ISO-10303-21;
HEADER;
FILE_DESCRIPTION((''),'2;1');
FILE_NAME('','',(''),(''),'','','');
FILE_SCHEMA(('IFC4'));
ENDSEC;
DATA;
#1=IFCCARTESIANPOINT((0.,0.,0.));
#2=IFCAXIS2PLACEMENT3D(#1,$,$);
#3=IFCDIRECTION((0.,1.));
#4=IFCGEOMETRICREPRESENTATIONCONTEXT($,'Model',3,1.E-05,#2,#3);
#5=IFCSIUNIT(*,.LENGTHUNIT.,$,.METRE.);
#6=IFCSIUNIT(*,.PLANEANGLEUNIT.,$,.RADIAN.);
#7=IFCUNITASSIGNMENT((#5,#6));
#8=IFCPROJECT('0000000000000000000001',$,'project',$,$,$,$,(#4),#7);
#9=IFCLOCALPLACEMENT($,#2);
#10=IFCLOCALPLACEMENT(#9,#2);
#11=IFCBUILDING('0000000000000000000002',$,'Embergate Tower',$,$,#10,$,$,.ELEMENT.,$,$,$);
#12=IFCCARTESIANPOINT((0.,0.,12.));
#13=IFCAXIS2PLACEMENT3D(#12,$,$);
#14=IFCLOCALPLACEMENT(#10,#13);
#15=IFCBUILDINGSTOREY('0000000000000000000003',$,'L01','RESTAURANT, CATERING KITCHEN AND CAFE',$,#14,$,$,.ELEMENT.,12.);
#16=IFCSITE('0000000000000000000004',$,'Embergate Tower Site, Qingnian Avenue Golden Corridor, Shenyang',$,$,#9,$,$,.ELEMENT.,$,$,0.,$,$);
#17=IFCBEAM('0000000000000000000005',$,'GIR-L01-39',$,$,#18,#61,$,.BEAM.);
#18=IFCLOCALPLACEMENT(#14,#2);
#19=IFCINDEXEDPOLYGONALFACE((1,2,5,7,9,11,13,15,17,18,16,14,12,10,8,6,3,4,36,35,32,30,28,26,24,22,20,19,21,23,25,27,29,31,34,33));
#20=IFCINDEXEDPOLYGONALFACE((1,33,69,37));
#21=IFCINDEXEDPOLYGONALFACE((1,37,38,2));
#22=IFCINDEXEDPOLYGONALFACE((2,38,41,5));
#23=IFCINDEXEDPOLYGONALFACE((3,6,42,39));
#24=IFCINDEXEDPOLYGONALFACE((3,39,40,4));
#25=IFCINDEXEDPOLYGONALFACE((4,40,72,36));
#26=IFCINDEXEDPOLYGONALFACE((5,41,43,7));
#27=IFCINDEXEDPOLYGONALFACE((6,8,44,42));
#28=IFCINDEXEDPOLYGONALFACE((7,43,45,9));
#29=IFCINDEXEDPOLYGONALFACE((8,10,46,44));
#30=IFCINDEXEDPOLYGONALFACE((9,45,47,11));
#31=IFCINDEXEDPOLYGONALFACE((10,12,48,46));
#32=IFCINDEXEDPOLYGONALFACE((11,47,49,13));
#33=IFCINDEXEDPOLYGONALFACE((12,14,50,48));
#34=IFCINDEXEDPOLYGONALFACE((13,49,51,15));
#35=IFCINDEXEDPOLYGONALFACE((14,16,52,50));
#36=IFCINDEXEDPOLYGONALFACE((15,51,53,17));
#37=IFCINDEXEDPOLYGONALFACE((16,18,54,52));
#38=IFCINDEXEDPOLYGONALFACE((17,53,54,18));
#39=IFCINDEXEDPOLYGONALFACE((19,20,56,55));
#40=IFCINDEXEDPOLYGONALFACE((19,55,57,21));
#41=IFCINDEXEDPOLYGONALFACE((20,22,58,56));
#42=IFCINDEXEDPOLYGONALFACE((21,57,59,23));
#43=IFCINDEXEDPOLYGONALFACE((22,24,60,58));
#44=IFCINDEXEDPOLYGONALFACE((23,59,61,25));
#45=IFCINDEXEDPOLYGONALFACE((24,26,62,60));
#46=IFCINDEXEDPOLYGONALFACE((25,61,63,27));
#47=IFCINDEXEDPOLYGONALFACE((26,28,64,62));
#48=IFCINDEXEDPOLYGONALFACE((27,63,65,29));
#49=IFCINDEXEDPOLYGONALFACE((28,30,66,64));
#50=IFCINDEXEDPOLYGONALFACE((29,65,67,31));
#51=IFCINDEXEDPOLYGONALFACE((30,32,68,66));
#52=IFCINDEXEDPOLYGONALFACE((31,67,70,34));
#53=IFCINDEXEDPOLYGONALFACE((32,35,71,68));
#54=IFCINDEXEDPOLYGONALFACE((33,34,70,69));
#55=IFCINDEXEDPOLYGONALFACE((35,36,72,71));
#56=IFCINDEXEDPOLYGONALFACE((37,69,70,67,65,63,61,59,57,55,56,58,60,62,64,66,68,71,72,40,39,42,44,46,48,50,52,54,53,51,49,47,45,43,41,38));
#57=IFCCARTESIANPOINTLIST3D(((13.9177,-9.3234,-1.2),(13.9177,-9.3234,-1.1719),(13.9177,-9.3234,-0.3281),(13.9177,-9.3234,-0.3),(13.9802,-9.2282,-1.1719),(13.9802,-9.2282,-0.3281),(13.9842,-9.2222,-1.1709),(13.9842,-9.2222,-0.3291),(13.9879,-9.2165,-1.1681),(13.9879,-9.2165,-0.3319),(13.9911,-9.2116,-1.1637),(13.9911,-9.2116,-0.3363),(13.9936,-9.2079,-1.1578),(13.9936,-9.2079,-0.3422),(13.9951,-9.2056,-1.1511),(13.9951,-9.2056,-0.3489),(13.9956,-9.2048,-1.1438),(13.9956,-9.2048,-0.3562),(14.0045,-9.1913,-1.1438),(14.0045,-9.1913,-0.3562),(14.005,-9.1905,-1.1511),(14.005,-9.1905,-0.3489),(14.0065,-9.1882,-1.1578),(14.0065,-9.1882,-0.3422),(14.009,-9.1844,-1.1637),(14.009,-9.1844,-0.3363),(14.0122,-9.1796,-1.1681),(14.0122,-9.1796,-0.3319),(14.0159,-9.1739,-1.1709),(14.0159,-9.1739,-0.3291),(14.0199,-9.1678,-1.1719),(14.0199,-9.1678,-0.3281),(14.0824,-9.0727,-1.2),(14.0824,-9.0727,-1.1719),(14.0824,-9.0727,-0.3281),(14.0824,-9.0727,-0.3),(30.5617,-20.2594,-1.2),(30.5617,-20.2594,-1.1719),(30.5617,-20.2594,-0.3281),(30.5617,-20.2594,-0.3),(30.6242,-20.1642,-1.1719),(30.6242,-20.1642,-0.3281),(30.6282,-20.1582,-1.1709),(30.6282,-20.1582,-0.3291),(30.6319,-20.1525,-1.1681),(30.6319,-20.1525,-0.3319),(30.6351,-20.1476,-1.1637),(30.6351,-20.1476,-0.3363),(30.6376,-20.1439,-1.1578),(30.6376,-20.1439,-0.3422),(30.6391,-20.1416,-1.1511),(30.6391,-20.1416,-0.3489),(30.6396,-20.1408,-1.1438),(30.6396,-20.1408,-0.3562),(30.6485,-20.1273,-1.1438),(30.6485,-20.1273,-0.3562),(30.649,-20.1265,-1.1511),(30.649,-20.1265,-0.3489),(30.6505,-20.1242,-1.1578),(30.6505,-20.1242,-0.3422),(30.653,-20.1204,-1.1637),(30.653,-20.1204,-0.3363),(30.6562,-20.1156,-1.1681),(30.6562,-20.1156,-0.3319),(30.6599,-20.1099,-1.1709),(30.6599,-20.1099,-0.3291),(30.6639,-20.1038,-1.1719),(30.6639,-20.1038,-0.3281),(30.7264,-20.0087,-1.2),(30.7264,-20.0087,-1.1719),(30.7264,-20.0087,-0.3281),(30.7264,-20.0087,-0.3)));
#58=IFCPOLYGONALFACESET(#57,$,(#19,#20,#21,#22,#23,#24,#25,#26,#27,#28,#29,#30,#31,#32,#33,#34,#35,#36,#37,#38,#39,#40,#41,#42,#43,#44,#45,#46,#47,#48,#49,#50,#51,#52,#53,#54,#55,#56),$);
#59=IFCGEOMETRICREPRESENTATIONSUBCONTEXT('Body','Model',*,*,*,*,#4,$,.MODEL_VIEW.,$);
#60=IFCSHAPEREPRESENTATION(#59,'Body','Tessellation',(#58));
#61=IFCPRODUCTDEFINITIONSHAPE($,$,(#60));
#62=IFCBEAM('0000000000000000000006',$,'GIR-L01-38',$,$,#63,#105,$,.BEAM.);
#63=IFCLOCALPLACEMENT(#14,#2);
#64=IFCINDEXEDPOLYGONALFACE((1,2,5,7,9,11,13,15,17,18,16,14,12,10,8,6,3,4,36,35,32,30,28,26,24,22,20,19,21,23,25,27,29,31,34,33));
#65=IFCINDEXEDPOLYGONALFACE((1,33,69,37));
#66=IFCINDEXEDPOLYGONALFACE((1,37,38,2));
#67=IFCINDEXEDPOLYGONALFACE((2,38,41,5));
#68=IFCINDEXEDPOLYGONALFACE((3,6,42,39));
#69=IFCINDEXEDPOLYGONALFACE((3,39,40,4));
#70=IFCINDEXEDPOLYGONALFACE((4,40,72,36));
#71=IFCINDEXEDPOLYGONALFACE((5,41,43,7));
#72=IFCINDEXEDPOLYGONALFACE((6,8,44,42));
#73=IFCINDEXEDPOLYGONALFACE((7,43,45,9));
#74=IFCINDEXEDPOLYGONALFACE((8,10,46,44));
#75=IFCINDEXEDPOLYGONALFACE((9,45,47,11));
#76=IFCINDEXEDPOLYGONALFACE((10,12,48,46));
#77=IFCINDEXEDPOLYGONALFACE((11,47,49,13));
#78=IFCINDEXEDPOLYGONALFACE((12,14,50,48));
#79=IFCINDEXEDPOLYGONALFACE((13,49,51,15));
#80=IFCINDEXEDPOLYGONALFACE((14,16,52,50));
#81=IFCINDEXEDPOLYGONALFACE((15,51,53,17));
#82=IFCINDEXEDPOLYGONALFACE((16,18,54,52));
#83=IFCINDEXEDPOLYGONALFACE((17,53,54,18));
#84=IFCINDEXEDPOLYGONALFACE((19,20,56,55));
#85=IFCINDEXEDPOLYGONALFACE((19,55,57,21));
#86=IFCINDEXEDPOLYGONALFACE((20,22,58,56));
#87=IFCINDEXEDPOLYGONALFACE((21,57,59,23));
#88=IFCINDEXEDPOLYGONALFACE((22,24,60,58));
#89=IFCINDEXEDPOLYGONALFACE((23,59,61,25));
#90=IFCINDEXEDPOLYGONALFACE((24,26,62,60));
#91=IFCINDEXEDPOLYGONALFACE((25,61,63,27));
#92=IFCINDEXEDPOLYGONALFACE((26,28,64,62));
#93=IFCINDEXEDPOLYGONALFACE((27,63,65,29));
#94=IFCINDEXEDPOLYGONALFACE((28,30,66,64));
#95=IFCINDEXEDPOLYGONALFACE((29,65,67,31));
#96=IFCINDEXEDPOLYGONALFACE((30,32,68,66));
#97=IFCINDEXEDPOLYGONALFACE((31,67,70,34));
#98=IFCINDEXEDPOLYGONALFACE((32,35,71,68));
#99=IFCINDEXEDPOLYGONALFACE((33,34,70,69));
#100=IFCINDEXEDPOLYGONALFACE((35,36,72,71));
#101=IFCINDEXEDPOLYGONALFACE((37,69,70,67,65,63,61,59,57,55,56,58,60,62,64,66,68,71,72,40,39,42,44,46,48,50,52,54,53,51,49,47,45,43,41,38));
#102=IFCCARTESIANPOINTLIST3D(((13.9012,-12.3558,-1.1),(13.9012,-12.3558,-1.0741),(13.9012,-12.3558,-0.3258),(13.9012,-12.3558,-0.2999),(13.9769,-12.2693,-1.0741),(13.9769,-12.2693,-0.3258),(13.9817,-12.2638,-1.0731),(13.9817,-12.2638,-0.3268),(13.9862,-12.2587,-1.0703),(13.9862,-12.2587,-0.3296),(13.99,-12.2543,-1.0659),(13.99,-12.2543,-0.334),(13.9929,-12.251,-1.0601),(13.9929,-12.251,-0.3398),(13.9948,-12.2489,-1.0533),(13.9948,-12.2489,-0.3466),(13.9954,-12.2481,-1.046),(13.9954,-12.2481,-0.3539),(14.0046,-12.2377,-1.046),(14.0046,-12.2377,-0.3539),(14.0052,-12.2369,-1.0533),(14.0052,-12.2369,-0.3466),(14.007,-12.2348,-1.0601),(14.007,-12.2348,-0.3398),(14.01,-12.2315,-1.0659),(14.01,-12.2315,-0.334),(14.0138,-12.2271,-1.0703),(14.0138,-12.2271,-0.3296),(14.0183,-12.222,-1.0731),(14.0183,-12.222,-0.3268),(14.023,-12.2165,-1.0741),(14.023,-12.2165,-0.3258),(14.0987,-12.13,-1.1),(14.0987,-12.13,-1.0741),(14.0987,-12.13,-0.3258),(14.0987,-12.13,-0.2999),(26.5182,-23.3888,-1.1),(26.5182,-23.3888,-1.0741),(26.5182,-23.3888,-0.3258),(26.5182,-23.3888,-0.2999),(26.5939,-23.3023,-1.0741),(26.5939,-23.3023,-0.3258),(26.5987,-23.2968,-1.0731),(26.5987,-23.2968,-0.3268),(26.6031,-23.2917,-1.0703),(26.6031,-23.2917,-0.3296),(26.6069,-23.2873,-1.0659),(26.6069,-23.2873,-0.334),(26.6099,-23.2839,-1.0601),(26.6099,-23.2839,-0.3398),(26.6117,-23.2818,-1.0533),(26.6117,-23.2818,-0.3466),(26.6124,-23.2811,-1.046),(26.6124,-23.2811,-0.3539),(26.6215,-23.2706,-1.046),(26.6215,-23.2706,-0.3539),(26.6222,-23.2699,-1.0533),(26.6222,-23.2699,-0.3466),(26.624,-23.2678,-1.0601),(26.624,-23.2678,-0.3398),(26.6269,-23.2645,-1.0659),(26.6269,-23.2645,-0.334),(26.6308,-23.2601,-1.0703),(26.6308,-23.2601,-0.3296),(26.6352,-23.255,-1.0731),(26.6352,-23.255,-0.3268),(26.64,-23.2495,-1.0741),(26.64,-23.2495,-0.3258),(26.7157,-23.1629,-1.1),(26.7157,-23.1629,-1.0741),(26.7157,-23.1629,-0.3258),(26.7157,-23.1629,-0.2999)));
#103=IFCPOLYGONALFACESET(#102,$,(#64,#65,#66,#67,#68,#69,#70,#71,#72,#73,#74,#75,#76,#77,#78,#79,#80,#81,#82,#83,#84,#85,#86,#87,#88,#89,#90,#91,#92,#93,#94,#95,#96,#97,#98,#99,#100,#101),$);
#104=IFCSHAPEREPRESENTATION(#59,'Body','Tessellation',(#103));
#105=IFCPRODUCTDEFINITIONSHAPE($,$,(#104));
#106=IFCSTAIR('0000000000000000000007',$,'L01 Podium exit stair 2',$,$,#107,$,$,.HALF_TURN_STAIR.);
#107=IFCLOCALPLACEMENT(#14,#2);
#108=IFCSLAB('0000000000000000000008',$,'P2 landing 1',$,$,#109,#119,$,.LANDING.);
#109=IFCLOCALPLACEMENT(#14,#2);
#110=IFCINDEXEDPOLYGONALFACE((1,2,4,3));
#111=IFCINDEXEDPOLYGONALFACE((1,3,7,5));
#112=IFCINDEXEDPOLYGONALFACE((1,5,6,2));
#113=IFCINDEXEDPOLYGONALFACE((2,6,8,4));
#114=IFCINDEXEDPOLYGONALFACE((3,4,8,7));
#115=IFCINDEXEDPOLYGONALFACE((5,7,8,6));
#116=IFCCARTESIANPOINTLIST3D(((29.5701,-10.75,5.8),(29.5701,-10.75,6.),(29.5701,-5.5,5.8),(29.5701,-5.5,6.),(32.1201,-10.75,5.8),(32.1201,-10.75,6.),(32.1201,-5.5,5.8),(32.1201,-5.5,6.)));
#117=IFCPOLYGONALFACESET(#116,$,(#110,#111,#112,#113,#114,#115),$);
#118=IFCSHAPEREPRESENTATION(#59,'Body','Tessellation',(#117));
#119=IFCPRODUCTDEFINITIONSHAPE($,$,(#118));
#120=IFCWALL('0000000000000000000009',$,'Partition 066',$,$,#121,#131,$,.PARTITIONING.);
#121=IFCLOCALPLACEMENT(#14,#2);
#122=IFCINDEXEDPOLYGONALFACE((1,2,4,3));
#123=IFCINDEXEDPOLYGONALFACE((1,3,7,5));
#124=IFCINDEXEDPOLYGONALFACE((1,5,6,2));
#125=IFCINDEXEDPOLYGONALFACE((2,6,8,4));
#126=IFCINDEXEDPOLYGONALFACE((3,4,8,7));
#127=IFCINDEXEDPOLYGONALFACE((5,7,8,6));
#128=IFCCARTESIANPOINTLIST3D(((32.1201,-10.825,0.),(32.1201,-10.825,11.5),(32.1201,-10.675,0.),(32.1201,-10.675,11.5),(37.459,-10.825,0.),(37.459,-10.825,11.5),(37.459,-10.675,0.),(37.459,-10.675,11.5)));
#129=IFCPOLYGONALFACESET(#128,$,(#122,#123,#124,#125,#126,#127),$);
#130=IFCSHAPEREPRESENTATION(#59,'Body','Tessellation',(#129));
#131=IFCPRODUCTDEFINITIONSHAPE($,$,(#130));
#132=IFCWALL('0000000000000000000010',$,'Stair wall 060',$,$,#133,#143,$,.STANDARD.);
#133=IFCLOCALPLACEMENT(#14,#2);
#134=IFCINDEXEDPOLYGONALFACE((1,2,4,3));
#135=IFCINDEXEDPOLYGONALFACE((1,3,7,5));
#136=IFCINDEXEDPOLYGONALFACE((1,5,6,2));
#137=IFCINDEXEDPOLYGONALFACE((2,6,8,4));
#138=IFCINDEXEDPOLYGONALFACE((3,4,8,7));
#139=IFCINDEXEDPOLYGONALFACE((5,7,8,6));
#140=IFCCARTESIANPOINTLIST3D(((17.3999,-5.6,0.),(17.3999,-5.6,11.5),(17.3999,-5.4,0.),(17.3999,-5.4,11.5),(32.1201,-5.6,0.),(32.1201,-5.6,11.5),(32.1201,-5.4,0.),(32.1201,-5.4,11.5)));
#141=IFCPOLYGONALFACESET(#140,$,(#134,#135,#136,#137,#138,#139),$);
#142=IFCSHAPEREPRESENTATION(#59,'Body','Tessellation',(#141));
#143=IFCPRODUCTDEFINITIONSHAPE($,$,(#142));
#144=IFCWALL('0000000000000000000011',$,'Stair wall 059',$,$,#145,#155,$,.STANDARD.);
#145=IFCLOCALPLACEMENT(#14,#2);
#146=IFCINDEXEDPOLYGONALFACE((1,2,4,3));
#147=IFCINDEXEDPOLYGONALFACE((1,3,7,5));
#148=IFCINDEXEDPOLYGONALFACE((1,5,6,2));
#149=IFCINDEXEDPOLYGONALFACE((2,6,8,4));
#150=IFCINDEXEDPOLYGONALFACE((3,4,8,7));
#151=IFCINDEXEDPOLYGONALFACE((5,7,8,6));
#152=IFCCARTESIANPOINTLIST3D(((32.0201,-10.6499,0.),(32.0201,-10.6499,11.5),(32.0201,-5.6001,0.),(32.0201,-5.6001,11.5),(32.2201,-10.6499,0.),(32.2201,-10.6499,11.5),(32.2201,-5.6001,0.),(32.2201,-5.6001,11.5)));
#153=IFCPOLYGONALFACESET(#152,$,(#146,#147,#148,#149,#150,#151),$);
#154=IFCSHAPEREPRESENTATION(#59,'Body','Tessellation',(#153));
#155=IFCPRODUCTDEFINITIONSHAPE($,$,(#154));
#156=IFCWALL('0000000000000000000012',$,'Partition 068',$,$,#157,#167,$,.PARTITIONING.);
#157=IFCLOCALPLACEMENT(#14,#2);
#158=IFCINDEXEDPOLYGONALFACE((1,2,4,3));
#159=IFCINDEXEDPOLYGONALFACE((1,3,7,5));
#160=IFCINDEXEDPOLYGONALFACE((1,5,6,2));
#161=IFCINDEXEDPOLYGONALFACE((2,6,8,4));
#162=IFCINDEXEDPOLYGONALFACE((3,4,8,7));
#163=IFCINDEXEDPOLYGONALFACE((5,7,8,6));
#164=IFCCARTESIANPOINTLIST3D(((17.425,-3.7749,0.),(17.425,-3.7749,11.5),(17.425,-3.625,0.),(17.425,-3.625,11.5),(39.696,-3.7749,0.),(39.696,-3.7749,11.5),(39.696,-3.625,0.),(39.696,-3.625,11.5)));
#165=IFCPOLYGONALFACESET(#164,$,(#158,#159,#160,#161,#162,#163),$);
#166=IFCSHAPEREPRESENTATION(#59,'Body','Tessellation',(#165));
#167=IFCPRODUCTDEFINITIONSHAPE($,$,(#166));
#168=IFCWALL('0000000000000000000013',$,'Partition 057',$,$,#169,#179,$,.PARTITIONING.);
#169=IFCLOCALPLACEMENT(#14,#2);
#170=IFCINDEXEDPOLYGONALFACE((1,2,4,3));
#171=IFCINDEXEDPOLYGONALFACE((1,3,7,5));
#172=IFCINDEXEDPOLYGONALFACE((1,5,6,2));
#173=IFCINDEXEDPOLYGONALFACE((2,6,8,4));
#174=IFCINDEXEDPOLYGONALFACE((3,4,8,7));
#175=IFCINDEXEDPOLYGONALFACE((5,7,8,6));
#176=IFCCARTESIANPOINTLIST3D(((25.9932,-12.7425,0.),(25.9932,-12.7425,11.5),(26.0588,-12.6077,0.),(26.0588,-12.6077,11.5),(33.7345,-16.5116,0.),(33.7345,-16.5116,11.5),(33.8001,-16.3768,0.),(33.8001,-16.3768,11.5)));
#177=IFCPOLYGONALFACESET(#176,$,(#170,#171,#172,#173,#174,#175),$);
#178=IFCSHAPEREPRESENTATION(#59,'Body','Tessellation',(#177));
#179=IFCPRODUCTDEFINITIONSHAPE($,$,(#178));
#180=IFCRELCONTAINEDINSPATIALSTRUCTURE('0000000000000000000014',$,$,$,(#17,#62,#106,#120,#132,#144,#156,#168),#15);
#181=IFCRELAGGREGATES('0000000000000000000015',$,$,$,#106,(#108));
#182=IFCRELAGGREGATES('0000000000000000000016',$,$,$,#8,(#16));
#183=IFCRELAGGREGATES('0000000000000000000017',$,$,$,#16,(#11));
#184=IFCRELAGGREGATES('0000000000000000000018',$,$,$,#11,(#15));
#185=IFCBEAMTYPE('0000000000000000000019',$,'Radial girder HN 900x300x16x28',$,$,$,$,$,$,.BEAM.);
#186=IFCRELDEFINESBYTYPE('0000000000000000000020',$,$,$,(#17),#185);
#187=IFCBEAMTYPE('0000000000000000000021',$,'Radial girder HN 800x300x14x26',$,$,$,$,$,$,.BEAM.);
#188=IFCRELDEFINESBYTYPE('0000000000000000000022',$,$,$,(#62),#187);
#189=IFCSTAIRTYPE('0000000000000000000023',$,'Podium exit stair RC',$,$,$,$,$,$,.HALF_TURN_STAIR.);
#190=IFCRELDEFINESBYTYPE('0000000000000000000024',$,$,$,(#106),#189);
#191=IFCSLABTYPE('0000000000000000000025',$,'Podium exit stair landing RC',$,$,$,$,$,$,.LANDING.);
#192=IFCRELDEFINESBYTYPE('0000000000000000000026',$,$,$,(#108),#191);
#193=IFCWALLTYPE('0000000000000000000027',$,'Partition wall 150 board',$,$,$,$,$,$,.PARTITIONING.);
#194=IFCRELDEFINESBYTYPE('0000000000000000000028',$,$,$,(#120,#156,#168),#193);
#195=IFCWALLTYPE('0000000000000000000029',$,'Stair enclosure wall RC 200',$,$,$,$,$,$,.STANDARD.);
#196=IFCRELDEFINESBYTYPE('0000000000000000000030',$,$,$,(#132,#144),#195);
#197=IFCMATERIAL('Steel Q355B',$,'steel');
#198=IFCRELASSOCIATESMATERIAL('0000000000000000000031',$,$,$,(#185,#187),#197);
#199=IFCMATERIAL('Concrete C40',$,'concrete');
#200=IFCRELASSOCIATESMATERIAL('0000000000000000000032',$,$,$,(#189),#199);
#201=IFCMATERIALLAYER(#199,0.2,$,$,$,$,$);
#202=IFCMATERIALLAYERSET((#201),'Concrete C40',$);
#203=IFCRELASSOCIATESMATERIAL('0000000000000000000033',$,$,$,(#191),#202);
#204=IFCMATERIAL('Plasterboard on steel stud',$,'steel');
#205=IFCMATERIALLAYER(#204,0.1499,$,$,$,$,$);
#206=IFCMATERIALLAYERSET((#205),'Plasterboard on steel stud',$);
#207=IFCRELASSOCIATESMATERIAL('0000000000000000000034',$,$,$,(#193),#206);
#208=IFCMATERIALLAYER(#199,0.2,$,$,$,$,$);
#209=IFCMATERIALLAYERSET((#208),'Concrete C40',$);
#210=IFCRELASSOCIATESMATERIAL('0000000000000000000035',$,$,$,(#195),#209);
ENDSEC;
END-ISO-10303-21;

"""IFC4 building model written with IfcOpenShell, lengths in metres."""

from ifc_helpers import new_model, si_unit, direction, frame, frame_2d, origin, origin_2d, place, context, subcontext, project, spatial, polyline, rectangle, i_section, outline, extrude, source, transform, mapped, material, layer, layer_set, material_profile, profile_set, type_object, element, aggregate, save


model = new_model("IFC4")

# Units and contexts
model_context = context("Model", 3, precision=1e-05, world=origin(), true_north=direction((0.0, 1.0)))
body_context = subcontext(model_context, "Body", "Model", "MODEL_VIEW")
ifc_project = project(units=[si_unit("LENGTHUNIT", "METRE"), si_unit("PLANEANGLEUNIT", "RADIAN")], contexts=[model_context])

# Site, building, storey
site_placement = place(None, origin())
site = spatial("IfcSite", under=ifc_project, at=site_placement, Name="Embergate Tower Site, Qingnian Avenue Golden Corridor, Shenyang", CompositionType="ELEMENT", RefElevation=0.0)
building_placement = place(site_placement, origin())
building = spatial("IfcBuilding", under=site, at=building_placement, Name="Embergate Tower", CompositionType="ELEMENT")
storey_placement = place(building_placement, frame((0.0, 0.0, 12.0)))
storey = spatial("IfcBuildingStorey", under=building, at=storey_placement, Name="L01", Description="RESTAURANT, CATERING KITCHEN AND CAFE", CompositionType="ELEMENT", Elevation=12.0)

# Beams
ifc_material_1 = material(Name="Steel Q355B", Category="steel")
ifc_material_profile_1 = material_profile(ifc_material_1, i_section(OverallWidth=0.3, OverallDepth=0.8999, WebThickness=0.0161, FlangeThickness=0.0281, FilletRadius=0.0281, at=origin_2d()), Name="HN 900x300x16x28")
ifc_profile_set_1 = profile_set([ifc_material_profile_1], Name="Steel Q355 grade B")
beam_type_1 = type_object("IfcBeamType", Name="Radial girder HN 900x300x16x28", PredefinedType="BEAM", material=ifc_profile_set_1)
shared_shape_1 = source(origin(), body_context, "Body", "SweptSolid", [
    extrude(i_section(OverallWidth=0.3, OverallDepth=0.8999, WebThickness=0.0161, FlangeThickness=0.0281, FilletRadius=0.0281, at=origin_2d()), origin(), (0.0, 0.0, 1.0), 19.9153),
])
beam_1_placement = place(storey_placement, frame((30.644, -20.134, -0.75), z_axis=(-0.83574, 0.549126, 0.0), x_axis=(-0.549126, -0.83574, 0.0)))
element("IfcBeam", 1, at=beam_1_placement, inside=storey, type_object=beam_type_1, Name="GIR-L01-39", PredefinedType="BEAM", context=body_context, shape_type="MappedRepresentation", body=[
    mapped(shared_shape_1, transform((0.0, 0.0, 0.0))),
])
ifc_material_profile_2 = material_profile(ifc_material_1, i_section(OverallWidth=0.3, OverallDepth=0.8, WebThickness=0.0139, FlangeThickness=0.0259, FilletRadius=0.0281, at=origin_2d()), Name="HN 800x300x14x26")
ifc_profile_set_2 = profile_set([ifc_material_profile_2], Name="Steel Q355 grade B")
beam_type_2 = type_object("IfcBeamType", Name="Radial girder HN 800x300x14x26", PredefinedType="BEAM", material=ifc_profile_set_2)
shared_shape_2 = source(origin(), body_context, "Body", "SweptSolid", [
    extrude(i_section(OverallWidth=0.3, OverallDepth=0.8, WebThickness=0.0139, FlangeThickness=0.0259, FilletRadius=0.0281, at=origin_2d()), origin(), (0.0, 0.0, 1.0), 16.7605),
])
beam_2_placement = place(storey_placement, frame((26.6169, -23.2759, -0.7), z_axis=(-0.75278, 0.658273, 0.0), x_axis=(-0.658273, -0.75278, 0.0)))
element("IfcBeam", 2, at=beam_2_placement, inside=storey, type_object=beam_type_2, Name="GIR-L01-38", PredefinedType="BEAM", context=body_context, shape_type="MappedRepresentation", body=[
    mapped(shared_shape_2, transform((0.0, 0.0, 0.0))),
])

# Stair, slab
ifc_material_2 = material(Name="Concrete C40", Category="concrete")
stair_type = type_object("IfcStairType", Name="Podium exit stair RC", PredefinedType="HALF_TURN_STAIR", material=ifc_material_2)
stair_placement = place(storey_placement, origin())
stair = element("IfcStair", 3, at=stair_placement, inside=storey, type_object=stair_type, Name="L01 Podium exit stair 2", PredefinedType="HALF_TURN_STAIR")
ifc_layer_1 = layer(ifc_material_2, 0.2)
ifc_layer_set_1 = layer_set([ifc_layer_1], Name="Concrete C40")
slab_type = type_object("IfcSlabType", Name="Podium exit stair landing RC", PredefinedType="LANDING", material=ifc_layer_set_1)
shared_shape_3 = source(origin(), body_context, "Body", "SweptSolid", [
    extrude(outline(polyline([(0.0, 0.0), (2.55, 0.0), (2.55, 5.25), (0.0, 5.25), (0.0, 0.0)])), origin(), (0.0, 0.0, 1.0), 0.2),
])
slab_placement = place(storey_placement, frame((29.5701, -10.75, 5.8)))
slab = element("IfcSlab", 4, at=slab_placement, type_object=slab_type, Name="P2 landing 1", PredefinedType="LANDING", context=body_context, shape_type="MappedRepresentation", body=[
    mapped(shared_shape_3, transform((0.0, 0.0, 0.0))),
])

# Walls
ifc_material_3 = material(Name="Plasterboard on steel stud", Category="steel")
ifc_layer_2 = layer(ifc_material_3, 0.1499)
ifc_layer_set_2 = layer_set([ifc_layer_2], Name="Plasterboard on steel stud")
wall_type_1 = type_object("IfcWallType", Name="Partition wall 150 board", PredefinedType="PARTITIONING", material=ifc_layer_set_2)
shared_shape_4 = source(origin(), body_context, "Body", "SweptSolid", [
    extrude(rectangle(XDim=5.3389, YDim=0.1499, at=frame_2d((2.6694, 0.0))), origin(), (0.0, 0.0, 1.0), 11.5),
])
wall_1_placement = place(storey_placement, frame((37.459, -10.75, 0.0), z_axis=(0.0, 0.0, 1.0), x_axis=(-1.0, 0.0, 0.0)))
element("IfcWall", 5, at=wall_1_placement, inside=storey, type_object=wall_type_1, Name="Partition 066", PredefinedType="PARTITIONING", context=body_context, shape_type="MappedRepresentation", body=[
    mapped(shared_shape_4, transform((0.0, 0.0, 0.0))),
])
ifc_layer_3 = layer(ifc_material_2, 0.2)
ifc_layer_set_3 = layer_set([ifc_layer_3], Name="Concrete C40")
wall_type_2 = type_object("IfcWallType", Name="Stair enclosure wall RC 200", PredefinedType="STANDARD", material=ifc_layer_set_3)
shared_shape_5 = source(origin(), body_context, "Body", "SweptSolid", [
    extrude(rectangle(XDim=14.7202, YDim=0.2, at=frame_2d((7.3601, 0.0))), origin(), (0.0, 0.0, 1.0), 11.5),
])
wall_2_placement = place(storey_placement, frame((32.1201, -5.5, 0.0), z_axis=(0.0, 0.0, 1.0), x_axis=(-1.0, 0.0, 0.0)))
element("IfcWall", 6, at=wall_2_placement, inside=storey, type_object=wall_type_2, Name="Stair wall 060", PredefinedType="STANDARD", context=body_context, shape_type="MappedRepresentation", body=[
    mapped(shared_shape_5, transform((0.0, 0.0, 0.0))),
])
shared_shape_6 = source(origin(), body_context, "Body", "SweptSolid", [
    extrude(rectangle(XDim=5.0498, YDim=0.2, at=frame_2d((2.5249, 0.0))), origin(), (0.0, 0.0, 1.0), 11.5),
])
wall_3_placement = place(storey_placement, frame((32.1201, -10.6499, 0.0), z_axis=(0.0, 0.0, 1.0), x_axis=(0.0, 1.0, 0.0)))
element("IfcWall", 7, at=wall_3_placement, inside=storey, type_object=wall_type_2, Name="Stair wall 059", PredefinedType="STANDARD", context=body_context, shape_type="MappedRepresentation", body=[
    mapped(shared_shape_6, transform((0.0, 0.0, 0.0))),
])
shared_shape_7 = source(origin(), body_context, "Body", "SweptSolid", [
    extrude(rectangle(XDim=22.271, YDim=0.1499, at=frame_2d((11.1355, 0.0))), origin(), (0.0, 0.0, 1.0), 11.5),
])
wall_4_placement = place(storey_placement, frame((39.696, -3.7, 0.0), z_axis=(0.0, 0.0, 1.0), x_axis=(-1.0, 0.0, 0.0)))
element("IfcWall", 8, at=wall_4_placement, inside=storey, type_object=wall_type_1, Name="Partition 068", PredefinedType="PARTITIONING", context=body_context, shape_type="MappedRepresentation", body=[
    mapped(shared_shape_7, transform((0.0, 0.0, 0.0))),
])
shared_shape_8 = source(origin(), body_context, "Body", "SweptSolid", [
    extrude(rectangle(XDim=8.6101, YDim=0.1499, at=frame_2d((4.3052, 0.0))), origin(), (0.0, 0.0, 1.0), 11.5),
])
wall_5_placement = place(storey_placement, frame((26.0259, -12.675, 0.0), z_axis=(0.0, 0.0, 1.0), x_axis=(0.899096, -0.437752, 0.0)))
element("IfcWall", 9, at=wall_5_placement, inside=storey, type_object=wall_type_1, Name="Partition 057", PredefinedType="PARTITIONING", context=body_context, shape_type="MappedRepresentation", body=[
    mapped(shared_shape_8, transform((0.0, 0.0, 0.0))),
])

aggregate(stair, [slab])

save(model, "model.ifc")
